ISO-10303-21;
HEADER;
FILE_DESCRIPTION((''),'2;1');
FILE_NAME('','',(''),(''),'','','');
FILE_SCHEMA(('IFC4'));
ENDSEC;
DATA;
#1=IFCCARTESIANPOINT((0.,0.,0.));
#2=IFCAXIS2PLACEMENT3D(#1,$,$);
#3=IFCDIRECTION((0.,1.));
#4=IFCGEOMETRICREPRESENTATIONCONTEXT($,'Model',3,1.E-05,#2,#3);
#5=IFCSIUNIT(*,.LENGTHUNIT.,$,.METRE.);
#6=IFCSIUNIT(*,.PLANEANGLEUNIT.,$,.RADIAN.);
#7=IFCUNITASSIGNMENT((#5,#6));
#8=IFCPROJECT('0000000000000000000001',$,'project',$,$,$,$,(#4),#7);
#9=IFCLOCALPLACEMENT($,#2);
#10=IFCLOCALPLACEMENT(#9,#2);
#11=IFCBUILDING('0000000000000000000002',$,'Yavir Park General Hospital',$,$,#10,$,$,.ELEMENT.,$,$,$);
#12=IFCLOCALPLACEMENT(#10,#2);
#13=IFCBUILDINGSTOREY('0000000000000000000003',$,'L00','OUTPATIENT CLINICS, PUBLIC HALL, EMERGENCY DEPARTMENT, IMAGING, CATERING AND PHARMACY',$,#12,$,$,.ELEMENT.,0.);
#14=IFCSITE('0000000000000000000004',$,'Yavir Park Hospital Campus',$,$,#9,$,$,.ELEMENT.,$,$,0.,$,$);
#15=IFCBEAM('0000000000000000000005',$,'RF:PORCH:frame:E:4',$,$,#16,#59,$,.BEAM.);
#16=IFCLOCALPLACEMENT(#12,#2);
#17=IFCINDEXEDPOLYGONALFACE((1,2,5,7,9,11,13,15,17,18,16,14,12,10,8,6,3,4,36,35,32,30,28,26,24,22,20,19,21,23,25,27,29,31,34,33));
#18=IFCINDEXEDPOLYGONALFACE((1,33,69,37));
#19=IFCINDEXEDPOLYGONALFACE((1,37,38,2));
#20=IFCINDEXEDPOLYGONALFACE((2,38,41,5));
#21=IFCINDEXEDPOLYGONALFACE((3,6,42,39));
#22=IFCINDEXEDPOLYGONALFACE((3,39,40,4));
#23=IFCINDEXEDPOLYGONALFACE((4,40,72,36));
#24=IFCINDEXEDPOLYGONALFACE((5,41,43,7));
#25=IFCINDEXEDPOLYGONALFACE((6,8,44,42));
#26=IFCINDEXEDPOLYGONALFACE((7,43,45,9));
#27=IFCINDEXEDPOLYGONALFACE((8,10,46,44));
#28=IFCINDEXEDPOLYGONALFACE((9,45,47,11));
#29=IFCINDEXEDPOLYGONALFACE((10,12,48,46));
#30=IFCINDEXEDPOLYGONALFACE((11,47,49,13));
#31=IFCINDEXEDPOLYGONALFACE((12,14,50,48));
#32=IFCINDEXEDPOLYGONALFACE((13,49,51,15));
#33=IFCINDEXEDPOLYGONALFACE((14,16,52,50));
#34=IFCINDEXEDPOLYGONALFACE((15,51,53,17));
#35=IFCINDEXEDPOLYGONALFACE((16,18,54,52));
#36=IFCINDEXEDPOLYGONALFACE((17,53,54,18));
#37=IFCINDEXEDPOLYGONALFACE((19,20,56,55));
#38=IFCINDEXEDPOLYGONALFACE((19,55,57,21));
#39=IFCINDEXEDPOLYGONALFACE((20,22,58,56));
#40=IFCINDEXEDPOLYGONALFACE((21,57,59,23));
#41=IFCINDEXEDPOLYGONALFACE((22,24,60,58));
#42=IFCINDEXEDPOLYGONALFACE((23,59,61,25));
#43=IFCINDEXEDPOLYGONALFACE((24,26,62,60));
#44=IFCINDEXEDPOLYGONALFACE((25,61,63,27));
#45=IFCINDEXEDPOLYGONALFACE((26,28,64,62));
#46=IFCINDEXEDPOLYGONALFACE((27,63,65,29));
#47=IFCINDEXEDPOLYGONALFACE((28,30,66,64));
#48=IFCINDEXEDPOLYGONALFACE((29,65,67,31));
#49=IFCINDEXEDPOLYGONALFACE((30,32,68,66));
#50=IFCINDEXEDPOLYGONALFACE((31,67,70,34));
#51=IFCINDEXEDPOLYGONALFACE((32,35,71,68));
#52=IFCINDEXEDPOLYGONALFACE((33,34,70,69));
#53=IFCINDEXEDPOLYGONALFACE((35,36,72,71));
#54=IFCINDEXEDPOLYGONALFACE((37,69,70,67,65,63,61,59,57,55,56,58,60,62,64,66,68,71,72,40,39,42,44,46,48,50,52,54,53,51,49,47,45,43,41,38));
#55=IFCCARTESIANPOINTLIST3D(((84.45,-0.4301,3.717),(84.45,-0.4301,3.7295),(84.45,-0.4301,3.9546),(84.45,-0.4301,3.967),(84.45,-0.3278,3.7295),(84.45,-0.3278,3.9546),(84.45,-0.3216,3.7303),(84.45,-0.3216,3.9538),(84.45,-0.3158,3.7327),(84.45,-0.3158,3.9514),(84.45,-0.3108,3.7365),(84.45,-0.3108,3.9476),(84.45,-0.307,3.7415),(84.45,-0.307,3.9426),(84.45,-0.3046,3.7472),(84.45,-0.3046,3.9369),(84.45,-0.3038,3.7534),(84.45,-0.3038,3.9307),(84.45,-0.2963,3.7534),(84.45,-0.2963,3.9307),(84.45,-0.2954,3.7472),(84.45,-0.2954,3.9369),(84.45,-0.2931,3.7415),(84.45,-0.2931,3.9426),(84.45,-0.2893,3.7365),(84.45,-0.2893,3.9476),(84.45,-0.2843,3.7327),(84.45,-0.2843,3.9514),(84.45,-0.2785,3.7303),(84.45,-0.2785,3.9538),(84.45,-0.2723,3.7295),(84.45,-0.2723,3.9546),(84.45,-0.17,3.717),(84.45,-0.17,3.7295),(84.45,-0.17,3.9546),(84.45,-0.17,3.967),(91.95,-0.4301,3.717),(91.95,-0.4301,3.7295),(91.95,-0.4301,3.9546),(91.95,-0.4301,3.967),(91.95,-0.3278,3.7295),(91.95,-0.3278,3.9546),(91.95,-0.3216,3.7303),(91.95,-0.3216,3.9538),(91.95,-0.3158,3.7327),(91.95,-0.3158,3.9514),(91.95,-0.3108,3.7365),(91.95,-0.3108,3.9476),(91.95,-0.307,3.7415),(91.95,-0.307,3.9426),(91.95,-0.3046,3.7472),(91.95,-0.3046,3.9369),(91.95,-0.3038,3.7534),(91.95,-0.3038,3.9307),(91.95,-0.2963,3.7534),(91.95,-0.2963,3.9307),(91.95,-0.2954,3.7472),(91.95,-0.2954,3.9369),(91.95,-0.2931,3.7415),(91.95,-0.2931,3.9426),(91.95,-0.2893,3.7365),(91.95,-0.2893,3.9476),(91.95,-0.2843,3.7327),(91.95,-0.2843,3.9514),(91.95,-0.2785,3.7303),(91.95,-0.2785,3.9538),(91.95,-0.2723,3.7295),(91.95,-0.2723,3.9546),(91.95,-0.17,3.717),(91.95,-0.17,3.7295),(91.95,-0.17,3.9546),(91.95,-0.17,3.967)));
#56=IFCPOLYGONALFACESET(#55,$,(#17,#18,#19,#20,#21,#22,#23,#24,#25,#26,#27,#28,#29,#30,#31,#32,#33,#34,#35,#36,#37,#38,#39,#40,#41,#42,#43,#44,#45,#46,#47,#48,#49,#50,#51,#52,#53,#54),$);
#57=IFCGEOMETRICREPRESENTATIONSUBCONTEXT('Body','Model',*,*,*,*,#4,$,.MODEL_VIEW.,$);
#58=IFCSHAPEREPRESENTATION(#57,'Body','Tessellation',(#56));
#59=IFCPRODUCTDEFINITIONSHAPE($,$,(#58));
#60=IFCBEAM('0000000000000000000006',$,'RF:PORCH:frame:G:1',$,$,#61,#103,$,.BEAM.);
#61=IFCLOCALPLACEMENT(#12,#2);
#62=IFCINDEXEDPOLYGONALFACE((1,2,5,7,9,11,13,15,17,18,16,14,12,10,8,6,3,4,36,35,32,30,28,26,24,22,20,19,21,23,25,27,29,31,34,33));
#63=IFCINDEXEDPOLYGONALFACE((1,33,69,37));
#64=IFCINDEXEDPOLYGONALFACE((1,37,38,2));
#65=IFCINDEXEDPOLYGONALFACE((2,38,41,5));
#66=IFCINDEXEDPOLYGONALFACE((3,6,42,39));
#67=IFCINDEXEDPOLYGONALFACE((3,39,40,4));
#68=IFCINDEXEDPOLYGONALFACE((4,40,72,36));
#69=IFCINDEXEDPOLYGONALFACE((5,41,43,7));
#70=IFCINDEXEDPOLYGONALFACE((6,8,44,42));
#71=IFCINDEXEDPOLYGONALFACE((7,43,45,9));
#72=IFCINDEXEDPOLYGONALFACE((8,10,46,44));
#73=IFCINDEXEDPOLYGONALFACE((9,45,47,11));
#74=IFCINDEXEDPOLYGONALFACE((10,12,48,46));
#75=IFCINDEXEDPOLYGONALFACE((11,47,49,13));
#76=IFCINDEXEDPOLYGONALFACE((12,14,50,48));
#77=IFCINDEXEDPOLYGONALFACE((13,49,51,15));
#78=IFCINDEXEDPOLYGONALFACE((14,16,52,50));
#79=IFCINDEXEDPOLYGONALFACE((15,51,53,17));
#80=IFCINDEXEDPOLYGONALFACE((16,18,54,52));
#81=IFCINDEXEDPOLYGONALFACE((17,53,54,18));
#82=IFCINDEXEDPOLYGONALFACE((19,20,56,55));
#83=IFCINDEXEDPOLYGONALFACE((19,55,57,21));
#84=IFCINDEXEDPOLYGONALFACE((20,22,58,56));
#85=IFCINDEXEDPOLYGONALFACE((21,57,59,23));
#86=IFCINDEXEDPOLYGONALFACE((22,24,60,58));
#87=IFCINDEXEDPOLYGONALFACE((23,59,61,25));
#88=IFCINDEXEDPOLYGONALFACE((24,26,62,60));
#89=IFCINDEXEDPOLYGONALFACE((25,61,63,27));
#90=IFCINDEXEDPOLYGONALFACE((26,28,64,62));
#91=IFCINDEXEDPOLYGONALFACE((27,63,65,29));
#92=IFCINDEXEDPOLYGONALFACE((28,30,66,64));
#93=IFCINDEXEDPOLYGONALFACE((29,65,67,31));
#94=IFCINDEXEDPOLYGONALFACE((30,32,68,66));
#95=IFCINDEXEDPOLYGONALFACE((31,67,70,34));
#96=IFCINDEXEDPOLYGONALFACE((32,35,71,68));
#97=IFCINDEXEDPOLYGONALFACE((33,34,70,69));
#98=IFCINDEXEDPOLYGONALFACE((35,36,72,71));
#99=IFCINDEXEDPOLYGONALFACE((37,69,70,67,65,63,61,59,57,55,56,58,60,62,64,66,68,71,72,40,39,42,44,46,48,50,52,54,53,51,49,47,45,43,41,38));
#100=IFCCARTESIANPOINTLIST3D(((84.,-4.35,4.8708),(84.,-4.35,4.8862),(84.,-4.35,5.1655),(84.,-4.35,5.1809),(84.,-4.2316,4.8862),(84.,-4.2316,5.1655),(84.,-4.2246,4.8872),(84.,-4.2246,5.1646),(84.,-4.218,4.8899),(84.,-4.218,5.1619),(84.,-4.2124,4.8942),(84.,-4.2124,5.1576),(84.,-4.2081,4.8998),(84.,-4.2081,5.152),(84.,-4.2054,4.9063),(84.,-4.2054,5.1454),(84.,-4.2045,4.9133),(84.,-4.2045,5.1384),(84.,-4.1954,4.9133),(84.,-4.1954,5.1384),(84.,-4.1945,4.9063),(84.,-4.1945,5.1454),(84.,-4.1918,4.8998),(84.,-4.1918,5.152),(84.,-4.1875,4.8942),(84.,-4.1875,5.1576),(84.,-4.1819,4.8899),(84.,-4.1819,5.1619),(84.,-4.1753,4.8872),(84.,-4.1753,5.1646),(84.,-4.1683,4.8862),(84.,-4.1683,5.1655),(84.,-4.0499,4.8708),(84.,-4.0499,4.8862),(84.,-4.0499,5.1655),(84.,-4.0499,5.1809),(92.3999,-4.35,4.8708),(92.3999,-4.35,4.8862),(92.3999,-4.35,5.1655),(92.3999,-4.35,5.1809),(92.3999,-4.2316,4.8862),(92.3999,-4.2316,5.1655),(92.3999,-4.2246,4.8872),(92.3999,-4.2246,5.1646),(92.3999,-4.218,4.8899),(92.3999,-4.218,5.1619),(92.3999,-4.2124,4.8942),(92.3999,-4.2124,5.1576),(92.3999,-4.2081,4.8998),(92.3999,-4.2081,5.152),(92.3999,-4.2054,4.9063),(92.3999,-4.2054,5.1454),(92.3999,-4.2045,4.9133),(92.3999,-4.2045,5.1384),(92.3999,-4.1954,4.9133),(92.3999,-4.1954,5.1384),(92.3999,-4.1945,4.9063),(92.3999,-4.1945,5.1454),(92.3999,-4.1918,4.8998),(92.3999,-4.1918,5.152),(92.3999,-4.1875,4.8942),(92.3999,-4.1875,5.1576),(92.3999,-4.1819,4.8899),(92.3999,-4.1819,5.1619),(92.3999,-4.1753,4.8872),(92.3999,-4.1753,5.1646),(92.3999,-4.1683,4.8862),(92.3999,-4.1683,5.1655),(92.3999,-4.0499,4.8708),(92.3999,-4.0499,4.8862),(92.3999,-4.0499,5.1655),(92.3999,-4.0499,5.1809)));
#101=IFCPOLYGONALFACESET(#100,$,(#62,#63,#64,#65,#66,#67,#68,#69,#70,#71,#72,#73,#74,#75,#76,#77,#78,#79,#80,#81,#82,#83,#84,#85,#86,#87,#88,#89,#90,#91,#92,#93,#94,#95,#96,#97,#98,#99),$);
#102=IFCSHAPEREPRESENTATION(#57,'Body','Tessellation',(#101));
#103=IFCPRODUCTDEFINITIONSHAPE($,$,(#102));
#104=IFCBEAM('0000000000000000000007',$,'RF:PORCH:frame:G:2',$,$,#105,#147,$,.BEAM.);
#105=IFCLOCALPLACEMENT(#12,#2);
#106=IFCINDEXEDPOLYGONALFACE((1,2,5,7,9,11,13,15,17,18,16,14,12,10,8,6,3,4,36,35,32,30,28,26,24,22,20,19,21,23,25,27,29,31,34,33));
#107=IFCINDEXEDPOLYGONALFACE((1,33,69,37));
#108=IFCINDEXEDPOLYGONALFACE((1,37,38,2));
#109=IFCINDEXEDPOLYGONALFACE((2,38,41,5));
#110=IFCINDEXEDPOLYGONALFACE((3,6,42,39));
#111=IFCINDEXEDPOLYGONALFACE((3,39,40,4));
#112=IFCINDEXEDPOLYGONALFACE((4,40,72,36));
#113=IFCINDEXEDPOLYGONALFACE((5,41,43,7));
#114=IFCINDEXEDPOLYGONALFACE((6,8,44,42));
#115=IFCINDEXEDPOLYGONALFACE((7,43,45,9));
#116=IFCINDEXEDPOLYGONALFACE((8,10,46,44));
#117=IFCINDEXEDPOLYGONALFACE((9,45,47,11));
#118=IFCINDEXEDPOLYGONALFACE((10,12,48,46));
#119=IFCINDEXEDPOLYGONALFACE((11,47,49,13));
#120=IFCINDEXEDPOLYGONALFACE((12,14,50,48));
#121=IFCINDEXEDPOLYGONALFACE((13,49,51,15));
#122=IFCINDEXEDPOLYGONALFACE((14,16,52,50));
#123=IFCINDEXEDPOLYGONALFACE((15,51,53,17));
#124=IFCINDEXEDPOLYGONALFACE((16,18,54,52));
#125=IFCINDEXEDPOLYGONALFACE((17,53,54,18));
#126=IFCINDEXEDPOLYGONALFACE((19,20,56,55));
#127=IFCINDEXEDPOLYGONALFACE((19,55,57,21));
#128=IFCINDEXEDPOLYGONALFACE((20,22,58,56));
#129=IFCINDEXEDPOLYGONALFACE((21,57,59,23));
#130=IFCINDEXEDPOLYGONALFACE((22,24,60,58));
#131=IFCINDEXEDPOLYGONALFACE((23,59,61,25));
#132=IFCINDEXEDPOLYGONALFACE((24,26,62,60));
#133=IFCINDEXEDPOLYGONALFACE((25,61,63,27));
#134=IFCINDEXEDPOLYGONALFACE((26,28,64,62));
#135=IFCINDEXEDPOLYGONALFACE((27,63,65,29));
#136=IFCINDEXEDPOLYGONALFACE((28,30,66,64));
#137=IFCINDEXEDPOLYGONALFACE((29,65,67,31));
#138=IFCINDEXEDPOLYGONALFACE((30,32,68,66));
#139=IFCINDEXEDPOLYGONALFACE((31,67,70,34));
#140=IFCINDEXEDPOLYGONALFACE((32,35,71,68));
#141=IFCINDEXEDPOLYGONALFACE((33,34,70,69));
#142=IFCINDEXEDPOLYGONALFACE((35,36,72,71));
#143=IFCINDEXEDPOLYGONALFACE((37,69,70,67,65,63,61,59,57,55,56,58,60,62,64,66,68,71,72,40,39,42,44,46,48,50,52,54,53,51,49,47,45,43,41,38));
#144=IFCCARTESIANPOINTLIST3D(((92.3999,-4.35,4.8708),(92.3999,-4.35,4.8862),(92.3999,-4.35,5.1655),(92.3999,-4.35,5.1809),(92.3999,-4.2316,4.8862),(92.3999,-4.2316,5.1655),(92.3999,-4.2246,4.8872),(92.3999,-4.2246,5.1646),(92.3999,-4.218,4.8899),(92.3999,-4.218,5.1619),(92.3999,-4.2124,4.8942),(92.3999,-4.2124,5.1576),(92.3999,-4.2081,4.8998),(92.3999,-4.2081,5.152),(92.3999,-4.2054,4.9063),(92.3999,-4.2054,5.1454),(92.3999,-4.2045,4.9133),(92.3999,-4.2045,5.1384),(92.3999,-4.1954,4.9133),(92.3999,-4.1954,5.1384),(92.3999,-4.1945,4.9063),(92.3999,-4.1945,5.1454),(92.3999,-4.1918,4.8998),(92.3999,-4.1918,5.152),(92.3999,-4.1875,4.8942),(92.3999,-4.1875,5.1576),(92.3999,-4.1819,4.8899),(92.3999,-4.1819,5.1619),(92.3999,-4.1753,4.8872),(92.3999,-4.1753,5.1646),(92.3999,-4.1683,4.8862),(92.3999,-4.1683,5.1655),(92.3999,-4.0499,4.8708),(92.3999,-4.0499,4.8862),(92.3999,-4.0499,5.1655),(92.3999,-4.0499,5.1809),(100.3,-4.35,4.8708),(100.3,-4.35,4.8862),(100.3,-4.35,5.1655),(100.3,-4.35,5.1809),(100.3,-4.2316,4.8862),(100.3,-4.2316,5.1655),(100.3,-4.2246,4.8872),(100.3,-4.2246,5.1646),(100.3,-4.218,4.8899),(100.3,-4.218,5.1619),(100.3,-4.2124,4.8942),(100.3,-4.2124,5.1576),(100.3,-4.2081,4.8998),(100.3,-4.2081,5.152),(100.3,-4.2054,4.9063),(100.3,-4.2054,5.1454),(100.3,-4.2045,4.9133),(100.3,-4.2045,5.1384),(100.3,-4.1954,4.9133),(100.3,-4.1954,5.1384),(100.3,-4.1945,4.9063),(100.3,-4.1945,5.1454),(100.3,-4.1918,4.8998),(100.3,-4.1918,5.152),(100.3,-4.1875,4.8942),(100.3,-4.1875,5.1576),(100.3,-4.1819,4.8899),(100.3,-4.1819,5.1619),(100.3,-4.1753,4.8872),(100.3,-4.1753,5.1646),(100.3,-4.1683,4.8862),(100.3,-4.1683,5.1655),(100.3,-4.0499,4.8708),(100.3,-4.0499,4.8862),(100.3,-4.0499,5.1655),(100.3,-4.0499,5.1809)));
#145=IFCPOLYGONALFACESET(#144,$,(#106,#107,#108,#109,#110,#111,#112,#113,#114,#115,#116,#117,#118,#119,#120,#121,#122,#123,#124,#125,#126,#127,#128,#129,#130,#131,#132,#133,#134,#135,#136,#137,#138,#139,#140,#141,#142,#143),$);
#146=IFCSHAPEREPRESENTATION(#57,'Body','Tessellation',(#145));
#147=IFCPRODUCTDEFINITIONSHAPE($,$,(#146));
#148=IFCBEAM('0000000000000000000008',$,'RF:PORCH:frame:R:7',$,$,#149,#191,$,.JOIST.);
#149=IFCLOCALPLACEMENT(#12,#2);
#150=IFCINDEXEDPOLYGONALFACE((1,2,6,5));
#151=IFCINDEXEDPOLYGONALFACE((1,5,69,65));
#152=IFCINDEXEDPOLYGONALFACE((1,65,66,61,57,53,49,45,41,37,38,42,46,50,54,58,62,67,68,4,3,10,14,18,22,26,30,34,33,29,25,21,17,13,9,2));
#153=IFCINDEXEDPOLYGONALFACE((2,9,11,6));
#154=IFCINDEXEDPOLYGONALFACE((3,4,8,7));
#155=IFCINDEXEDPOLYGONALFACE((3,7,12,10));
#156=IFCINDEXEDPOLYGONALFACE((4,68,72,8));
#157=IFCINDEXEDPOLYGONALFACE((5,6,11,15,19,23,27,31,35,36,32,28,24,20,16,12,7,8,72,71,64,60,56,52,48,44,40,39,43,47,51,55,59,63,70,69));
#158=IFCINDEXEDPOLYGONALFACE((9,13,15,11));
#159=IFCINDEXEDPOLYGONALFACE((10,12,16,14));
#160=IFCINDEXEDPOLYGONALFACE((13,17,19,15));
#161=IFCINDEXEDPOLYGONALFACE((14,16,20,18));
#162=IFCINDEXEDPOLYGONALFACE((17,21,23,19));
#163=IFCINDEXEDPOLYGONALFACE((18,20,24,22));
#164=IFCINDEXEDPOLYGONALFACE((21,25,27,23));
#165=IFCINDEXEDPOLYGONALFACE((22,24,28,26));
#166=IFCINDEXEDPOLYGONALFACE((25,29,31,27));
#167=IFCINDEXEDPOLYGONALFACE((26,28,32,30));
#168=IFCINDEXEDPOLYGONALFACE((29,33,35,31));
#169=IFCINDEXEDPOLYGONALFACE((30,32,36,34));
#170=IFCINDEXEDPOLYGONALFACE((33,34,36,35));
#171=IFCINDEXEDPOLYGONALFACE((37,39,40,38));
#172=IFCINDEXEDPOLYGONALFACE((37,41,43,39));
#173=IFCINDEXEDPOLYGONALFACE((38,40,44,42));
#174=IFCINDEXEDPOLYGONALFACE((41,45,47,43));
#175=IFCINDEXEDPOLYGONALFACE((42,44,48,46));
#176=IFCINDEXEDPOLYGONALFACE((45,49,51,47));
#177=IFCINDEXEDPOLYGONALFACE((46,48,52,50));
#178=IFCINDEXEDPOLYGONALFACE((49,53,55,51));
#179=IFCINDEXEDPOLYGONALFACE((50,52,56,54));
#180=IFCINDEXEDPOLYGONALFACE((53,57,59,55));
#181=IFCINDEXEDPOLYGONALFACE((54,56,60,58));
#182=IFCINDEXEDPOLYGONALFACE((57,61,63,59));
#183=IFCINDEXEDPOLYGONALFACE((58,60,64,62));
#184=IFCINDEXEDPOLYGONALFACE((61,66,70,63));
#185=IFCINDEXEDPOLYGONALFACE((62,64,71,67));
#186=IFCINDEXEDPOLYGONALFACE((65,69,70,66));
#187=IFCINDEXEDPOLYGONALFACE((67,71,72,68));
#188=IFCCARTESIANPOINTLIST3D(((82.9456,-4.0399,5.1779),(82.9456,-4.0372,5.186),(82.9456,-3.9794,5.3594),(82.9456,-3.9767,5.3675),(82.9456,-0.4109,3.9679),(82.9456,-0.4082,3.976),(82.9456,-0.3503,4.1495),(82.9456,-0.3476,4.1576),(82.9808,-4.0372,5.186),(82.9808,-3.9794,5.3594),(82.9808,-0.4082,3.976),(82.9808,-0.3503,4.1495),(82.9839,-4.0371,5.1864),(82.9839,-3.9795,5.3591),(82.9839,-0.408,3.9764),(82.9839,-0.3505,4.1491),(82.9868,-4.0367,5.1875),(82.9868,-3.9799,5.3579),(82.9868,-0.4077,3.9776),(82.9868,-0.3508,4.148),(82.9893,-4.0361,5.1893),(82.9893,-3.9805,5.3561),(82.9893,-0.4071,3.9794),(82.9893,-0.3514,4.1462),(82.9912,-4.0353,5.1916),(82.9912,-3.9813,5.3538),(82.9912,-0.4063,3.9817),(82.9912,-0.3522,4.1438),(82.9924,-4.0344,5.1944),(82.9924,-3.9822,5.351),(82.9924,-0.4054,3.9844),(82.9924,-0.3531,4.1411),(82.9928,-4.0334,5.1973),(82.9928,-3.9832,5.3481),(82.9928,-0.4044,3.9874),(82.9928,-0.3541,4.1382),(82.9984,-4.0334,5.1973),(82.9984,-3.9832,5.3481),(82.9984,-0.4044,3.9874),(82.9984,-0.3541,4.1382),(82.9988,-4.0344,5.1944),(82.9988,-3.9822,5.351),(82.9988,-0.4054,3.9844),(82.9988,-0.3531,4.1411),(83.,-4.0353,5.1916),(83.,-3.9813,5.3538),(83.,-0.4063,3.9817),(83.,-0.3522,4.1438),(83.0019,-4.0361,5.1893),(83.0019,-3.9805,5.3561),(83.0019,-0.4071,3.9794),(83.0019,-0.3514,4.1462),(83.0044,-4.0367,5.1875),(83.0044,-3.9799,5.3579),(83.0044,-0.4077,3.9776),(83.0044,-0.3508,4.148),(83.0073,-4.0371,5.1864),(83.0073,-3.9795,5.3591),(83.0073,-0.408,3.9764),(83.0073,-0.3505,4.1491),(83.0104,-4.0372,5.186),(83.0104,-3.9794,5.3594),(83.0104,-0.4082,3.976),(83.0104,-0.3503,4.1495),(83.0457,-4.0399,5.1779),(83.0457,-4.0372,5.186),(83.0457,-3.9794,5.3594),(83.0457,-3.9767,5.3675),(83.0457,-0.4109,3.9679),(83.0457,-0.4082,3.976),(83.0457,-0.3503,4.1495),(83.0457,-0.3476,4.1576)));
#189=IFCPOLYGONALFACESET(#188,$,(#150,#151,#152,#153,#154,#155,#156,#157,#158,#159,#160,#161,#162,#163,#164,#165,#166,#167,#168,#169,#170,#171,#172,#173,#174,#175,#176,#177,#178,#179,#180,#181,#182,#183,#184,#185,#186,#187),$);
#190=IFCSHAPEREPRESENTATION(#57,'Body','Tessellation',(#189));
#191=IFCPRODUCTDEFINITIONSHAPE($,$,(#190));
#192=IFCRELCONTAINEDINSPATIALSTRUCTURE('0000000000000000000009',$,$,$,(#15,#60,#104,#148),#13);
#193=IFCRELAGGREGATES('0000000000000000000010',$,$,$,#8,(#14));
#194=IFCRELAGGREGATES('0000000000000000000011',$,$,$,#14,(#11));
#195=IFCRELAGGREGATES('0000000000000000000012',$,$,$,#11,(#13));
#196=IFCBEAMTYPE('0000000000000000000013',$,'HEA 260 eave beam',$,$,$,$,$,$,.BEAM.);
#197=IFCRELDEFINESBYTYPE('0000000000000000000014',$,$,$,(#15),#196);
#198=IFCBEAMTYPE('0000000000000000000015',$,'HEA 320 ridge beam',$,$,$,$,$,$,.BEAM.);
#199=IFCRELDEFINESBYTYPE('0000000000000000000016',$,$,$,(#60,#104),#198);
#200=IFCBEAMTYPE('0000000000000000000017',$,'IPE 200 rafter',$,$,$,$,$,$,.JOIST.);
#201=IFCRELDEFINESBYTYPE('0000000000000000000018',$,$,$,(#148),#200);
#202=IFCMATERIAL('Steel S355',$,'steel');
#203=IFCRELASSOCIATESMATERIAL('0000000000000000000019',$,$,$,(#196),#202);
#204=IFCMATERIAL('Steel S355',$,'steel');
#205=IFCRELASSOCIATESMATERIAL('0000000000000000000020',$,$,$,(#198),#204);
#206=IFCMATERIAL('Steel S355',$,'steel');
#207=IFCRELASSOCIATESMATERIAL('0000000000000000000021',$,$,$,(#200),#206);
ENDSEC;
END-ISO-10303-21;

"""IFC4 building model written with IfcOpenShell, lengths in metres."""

from ifc_helpers import new_model, si_unit, direction, frame, origin, origin_2d, place, context, subcontext, project, spatial, i_section, extrude, material, material_profile, profile_set, type_object, element, save


model = new_model("IFC4")

# Units and contexts
model_context = context("Model", 3, precision=1e-05, world=origin(), true_north=direction((0.0, 1.0)))
body_context = subcontext(model_context, "Body", "Model", "MODEL_VIEW")
ifc_project = project(units=[si_unit("LENGTHUNIT", "METRE"), si_unit("PLANEANGLEUNIT", "RADIAN")], contexts=[model_context])

# Site, building, storey
site_placement = place(None, origin())
site = spatial("IfcSite", under=ifc_project, at=site_placement, Name="Yavir Park Hospital Campus", CompositionType="ELEMENT", RefElevation=0.0)
building_placement = place(site_placement, origin())
building = spatial("IfcBuilding", under=site, at=building_placement, Name="Yavir Park General Hospital", CompositionType="ELEMENT")
storey_placement = place(building_placement, origin())
storey = spatial("IfcBuildingStorey", under=building, at=storey_placement, Name="L00", Description="OUTPATIENT CLINICS, PUBLIC HALL, EMERGENCY DEPARTMENT, IMAGING, CATERING AND PHARMACY", CompositionType="ELEMENT", Elevation=0.0)

# Beams
ifc_material_1 = material(Name="Steel S355", Category="steel")
ifc_material_profile_1 = material_profile(ifc_material_1, i_section(OverallWidth=0.26, OverallDepth=0.25, WebThickness=0.0076, FlangeThickness=0.0125, FilletRadius=0.0239, at=origin_2d()), Name="HEA260")
ifc_profile_set_1 = profile_set([ifc_material_profile_1], Name="Steel S355")
beam_type_1 = type_object("IfcBeamType", Name="HEA 260 eave beam", PredefinedType="BEAM", material=ifc_profile_set_1)
beam_1_placement = place(storey_placement, frame((84.45, -0.3, 3.842), z_axis=(1.0, 0.0, 0.0), x_axis=(0.0, 1.0, 0.0)))
element("IfcBeam", 1, at=beam_1_placement, inside=storey, type_object=beam_type_1, Name="RF:PORCH:frame:E:4", PredefinedType="BEAM", context=body_context, shape_type="SweptSolid", body=[
    extrude(i_section(OverallWidth=0.26, OverallDepth=0.25, WebThickness=0.0076, FlangeThickness=0.0125, FilletRadius=0.0239, at=origin_2d()), origin(), (0.0, 0.0, 1.0), 7.5),
])
ifc_material_2 = material(Name="Steel S355", Category="steel")
ifc_material_profile_2 = material_profile(ifc_material_2, i_section(OverallWidth=0.3, OverallDepth=0.3101, WebThickness=0.009, FlangeThickness=0.0154, FilletRadius=0.0271, at=origin_2d()), Name="HEA320")
ifc_profile_set_2 = profile_set([ifc_material_profile_2], Name="Steel S355")
beam_type_2 = type_object("IfcBeamType", Name="HEA 320 ridge beam", PredefinedType="BEAM", material=ifc_profile_set_2)
beam_2_placement = place(storey_placement, frame((84.0, -4.2, 5.0259), z_axis=(1.0, 0.0, 0.0), x_axis=(0.0, 1.0, 0.0)))
element("IfcBeam", 2, at=beam_2_placement, inside=storey, type_object=beam_type_2, Name="RF:PORCH:frame:G:1", PredefinedType="BEAM", context=body_context, shape_type="SweptSolid", body=[
    extrude(i_section(OverallWidth=0.3, OverallDepth=0.3101, WebThickness=0.009, FlangeThickness=0.0154, FilletRadius=0.0271, at=origin_2d()), origin(), (0.0, 0.0, 1.0), 8.3999),
])
beam_3_placement = place(storey_placement, frame((92.3999, -4.2, 5.0259), z_axis=(1.0, 0.0, 0.0), x_axis=(0.0, 1.0, 0.0)))
element("IfcBeam", 3, at=beam_3_placement, inside=storey, type_object=beam_type_2, Name="RF:PORCH:frame:G:2", PredefinedType="BEAM", context=body_context, shape_type="SweptSolid", body=[
    extrude(i_section(OverallWidth=0.3, OverallDepth=0.3101, WebThickness=0.009, FlangeThickness=0.0154, FilletRadius=0.0271, at=origin_2d()), origin(), (0.0, 0.0, 1.0), 7.9001),
])
ifc_material_3 = material(Name="Steel S355", Category="steel")
ifc_material_profile_3 = material_profile(ifc_material_3, i_section(OverallWidth=0.1001, OverallDepth=0.2, WebThickness=0.0056, FlangeThickness=0.0085, FilletRadius=0.012, at=origin_2d()), Name="IPE200")
ifc_profile_set_3 = profile_set([ifc_material_profile_3], Name="Steel S355")
beam_type_3 = type_object("IfcBeamType", Name="IPE 200 rafter", PredefinedType="JOIST", material=ifc_profile_set_3)
beam_4_placement = place(storey_placement, frame((82.9956, -4.0083, 5.2727), z_axis=(0.0, 0.948664, -0.316285), x_axis=(-1.0, 0.0, 0.0)))
element("IfcBeam", 4, at=beam_4_placement, inside=storey, type_object=beam_type_3, Name="RF:PORCH:frame:R:7", PredefinedType="JOIST", context=body_context, shape_type="SweptSolid", body=[
    extrude(i_section(OverallWidth=0.1001, OverallDepth=0.2, WebThickness=0.0056, FlangeThickness=0.0085, FilletRadius=0.012, at=origin_2d()), origin(), (0.0, 0.0, 1.0), 3.8254),
])

save(model, "model.ifc")
